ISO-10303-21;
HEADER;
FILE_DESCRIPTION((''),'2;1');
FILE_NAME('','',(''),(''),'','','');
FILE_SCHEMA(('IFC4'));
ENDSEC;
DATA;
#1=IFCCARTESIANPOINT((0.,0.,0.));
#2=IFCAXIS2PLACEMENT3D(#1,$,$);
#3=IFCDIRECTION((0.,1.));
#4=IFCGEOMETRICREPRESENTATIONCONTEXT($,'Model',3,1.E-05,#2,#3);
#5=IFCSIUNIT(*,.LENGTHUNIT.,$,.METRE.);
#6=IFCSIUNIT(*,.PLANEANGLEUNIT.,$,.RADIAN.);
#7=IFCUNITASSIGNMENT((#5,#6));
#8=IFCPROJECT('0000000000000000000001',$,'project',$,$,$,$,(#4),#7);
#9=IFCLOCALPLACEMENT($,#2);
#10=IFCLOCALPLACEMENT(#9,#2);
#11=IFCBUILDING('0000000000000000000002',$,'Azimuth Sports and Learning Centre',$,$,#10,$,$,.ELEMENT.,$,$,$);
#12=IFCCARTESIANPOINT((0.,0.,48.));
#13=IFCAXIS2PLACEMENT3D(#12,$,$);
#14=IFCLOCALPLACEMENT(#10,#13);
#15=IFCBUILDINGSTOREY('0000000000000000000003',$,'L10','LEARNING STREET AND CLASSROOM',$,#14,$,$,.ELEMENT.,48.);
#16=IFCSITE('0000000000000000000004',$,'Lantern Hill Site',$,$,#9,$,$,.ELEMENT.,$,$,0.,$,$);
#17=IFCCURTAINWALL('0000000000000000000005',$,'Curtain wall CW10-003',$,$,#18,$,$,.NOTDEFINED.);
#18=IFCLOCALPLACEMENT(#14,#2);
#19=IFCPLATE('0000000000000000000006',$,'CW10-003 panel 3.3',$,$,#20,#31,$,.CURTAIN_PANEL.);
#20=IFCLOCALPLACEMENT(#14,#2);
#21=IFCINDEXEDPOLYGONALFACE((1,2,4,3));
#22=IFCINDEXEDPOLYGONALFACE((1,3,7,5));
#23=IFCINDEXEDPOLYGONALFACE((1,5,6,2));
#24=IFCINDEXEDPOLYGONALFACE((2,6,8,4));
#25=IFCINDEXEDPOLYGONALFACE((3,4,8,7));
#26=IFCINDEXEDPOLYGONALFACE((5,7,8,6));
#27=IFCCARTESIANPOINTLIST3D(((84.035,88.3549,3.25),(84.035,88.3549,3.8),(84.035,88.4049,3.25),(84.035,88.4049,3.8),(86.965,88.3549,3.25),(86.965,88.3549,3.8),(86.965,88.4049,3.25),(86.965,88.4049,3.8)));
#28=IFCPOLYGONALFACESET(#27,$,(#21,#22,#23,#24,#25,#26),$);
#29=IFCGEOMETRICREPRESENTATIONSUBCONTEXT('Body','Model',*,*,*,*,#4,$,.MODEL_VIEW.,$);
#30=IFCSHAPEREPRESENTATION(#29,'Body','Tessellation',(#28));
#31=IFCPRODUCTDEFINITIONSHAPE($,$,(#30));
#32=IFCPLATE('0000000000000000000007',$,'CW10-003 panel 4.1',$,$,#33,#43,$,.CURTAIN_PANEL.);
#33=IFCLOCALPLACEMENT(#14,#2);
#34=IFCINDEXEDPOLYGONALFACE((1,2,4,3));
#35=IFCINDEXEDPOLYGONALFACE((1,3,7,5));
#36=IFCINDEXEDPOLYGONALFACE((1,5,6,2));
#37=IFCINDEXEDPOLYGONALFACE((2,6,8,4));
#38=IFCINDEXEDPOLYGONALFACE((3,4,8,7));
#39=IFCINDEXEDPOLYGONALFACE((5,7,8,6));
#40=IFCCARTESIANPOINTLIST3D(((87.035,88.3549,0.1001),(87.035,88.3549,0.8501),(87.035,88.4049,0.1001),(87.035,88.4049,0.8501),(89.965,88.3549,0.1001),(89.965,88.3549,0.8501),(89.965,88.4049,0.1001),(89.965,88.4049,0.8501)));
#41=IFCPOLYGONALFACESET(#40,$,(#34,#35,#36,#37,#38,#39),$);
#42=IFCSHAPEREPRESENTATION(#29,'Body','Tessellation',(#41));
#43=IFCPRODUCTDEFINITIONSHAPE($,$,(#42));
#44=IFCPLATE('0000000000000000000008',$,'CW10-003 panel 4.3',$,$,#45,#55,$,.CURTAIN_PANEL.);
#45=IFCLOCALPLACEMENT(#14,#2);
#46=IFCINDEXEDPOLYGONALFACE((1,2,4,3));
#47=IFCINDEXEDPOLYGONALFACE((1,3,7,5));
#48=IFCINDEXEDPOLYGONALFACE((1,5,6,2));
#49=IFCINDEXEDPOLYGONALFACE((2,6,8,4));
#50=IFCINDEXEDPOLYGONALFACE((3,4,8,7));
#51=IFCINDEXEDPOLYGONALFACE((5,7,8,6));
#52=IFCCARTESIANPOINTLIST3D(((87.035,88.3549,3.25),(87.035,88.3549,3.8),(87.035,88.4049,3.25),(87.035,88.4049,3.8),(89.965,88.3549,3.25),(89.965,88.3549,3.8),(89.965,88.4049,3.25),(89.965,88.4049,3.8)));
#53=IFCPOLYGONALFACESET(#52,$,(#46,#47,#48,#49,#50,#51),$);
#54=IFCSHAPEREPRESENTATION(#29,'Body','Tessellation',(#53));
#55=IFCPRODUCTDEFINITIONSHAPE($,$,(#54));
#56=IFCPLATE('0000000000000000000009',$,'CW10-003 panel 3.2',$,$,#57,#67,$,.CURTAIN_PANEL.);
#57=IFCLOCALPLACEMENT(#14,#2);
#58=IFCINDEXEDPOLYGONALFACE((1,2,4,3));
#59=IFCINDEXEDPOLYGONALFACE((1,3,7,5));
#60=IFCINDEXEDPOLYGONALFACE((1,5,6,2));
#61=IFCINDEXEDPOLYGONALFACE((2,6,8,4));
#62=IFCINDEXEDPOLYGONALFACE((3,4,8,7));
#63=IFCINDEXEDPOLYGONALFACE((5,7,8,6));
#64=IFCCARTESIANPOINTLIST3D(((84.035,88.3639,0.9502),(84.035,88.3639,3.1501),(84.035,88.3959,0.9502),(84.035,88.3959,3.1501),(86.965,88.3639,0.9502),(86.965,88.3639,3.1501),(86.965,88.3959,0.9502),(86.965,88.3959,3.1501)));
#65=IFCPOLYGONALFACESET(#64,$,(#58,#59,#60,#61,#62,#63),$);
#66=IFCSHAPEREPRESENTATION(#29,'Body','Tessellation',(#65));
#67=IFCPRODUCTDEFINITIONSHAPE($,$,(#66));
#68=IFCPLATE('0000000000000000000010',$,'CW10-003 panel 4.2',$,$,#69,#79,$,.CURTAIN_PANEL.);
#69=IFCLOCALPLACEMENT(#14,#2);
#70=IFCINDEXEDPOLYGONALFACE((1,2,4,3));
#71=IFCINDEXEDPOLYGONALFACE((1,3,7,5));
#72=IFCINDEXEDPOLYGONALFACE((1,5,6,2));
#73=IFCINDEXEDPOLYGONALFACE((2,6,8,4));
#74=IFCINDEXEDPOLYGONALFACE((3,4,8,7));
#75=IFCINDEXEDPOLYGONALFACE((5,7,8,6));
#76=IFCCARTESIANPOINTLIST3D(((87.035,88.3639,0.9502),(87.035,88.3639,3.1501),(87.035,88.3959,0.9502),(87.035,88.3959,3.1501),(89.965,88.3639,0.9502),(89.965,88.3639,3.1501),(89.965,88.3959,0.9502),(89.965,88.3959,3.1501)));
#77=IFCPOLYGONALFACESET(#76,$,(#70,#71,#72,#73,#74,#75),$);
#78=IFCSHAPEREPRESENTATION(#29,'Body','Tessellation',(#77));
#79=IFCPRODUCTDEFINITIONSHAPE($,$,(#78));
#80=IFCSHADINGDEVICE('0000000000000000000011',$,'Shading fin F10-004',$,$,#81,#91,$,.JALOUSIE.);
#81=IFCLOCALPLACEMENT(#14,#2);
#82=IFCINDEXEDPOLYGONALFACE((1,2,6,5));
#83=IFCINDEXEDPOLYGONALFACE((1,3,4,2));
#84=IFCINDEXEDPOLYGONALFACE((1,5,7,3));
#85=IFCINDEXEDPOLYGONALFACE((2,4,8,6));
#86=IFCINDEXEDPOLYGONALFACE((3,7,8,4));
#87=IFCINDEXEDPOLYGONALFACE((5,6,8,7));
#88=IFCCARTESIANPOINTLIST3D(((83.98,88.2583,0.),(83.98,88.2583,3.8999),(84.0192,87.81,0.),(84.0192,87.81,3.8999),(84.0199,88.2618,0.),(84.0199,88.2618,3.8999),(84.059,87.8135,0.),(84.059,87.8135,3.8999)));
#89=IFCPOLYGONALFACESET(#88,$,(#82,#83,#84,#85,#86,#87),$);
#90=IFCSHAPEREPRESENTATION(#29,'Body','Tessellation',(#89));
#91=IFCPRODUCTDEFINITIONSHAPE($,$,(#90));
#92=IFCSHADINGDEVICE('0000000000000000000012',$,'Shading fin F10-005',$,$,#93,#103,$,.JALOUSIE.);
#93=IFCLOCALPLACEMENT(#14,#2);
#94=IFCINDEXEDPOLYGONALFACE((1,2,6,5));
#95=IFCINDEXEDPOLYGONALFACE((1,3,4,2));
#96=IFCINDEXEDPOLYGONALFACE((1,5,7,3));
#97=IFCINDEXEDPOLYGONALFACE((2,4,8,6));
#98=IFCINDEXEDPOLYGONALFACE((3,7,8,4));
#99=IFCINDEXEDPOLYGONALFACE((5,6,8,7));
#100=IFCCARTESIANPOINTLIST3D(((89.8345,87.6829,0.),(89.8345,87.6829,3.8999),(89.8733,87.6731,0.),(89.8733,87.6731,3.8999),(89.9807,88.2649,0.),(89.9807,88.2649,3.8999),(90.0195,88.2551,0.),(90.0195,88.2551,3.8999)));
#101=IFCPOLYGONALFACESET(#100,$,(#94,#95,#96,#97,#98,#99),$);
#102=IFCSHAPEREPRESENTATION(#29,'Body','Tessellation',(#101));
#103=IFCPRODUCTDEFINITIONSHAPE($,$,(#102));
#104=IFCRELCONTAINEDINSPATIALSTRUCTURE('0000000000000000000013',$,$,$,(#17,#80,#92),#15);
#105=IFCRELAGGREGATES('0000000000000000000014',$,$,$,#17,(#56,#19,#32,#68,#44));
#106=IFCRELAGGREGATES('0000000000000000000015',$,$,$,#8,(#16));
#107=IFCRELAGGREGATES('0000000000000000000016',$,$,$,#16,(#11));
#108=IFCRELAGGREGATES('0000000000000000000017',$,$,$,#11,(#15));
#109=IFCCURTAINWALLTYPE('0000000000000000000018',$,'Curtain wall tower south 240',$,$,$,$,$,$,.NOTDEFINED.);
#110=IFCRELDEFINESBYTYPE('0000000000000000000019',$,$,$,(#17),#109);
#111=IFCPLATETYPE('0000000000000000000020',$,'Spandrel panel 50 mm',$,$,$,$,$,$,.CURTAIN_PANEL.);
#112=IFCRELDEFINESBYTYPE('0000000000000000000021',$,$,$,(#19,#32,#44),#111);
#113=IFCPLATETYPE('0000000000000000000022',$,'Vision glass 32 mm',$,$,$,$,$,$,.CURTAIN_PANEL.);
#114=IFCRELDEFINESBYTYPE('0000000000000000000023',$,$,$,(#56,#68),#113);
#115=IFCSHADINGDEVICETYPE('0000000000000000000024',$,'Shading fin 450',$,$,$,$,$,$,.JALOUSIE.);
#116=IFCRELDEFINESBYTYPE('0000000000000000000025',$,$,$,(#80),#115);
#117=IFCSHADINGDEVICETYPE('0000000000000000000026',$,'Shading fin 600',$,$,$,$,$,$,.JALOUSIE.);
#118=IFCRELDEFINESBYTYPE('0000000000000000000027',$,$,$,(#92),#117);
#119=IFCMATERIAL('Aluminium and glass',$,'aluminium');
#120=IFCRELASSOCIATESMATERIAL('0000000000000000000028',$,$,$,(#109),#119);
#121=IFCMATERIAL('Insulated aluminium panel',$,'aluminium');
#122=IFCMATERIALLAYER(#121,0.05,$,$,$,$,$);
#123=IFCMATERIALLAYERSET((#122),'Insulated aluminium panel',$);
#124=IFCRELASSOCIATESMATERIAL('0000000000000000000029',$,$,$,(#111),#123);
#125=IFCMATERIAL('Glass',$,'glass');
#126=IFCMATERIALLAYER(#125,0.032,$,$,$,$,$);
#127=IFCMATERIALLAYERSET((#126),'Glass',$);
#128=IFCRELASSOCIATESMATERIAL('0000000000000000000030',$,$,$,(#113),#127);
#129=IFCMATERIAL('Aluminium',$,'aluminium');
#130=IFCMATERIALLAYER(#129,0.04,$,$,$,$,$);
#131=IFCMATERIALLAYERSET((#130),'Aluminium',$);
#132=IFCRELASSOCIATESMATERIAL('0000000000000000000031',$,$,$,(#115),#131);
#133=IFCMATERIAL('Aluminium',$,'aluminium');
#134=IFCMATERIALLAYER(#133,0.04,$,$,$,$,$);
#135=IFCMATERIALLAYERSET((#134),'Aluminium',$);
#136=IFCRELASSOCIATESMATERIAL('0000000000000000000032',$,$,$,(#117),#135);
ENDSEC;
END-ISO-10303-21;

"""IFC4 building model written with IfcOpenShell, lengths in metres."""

from ifc_helpers import new_model, si_unit, direction, frame, origin, origin_2d, place, context, subcontext, project, spatial, rectangle, extrude, material, layer, layer_set, type_object, element, aggregate, save


model = new_model("IFC4")

# Units and contexts
model_context = context("Model", 3, precision=1e-05, world=origin(), true_north=direction((0.0, 1.0)))
body_context = subcontext(model_context, "Body", "Model", "MODEL_VIEW")
ifc_project = project(units=[si_unit("LENGTHUNIT", "METRE"), si_unit("PLANEANGLEUNIT", "RADIAN")], contexts=[model_context])

# Site, building, storey
site_placement = place(None, origin())
site = spatial("IfcSite", under=ifc_project, at=site_placement, Name="Lantern Hill Site", CompositionType="ELEMENT", RefElevation=0.0)
building_placement = place(site_placement, origin())
building = spatial("IfcBuilding", under=site, at=building_placement, Name="Azimuth Sports and Learning Centre", CompositionType="ELEMENT")
storey_placement = place(building_placement, frame((0.0, 0.0, 48.0)))
storey = spatial("IfcBuildingStorey", under=building, at=storey_placement, Name="L10", Description="LEARNING STREET AND CLASSROOM", CompositionType="ELEMENT", Elevation=48.0)

# Curtain wall, plates
ifc_material_1 = material(Name="Aluminium and glass", Category="aluminium")
curtain_wall_type = type_object("IfcCurtainWallType", Name="Curtain wall tower south 240", PredefinedType="NOTDEFINED", material=ifc_material_1)
curtain_wall_placement = place(storey_placement, origin())
curtain_wall = element("IfcCurtainWall", 1, at=curtain_wall_placement, inside=storey, type_object=curtain_wall_type, Name="Curtain wall CW10-003", PredefinedType="NOTDEFINED")
ifc_material_2 = material(Name="Insulated aluminium panel", Category="aluminium")
ifc_layer_1 = layer(ifc_material_2, 0.05)
ifc_layer_set_1 = layer_set([ifc_layer_1], Name="Insulated aluminium panel")
plate_type_1 = type_object("IfcPlateType", Name="Spandrel panel 50 mm", PredefinedType="CURTAIN_PANEL", material=ifc_layer_set_1)
plate_1_placement = place(storey_placement, frame((85.5, 88.3799, 3.25), z_axis=(0.0, 0.0, 1.0), x_axis=(1.0, 0.0, 0.0)))
plate_1 = element("IfcPlate", 2, at=plate_1_placement, type_object=plate_type_1, Name="CW10-003 panel 3.3", PredefinedType="CURTAIN_PANEL", context=body_context, shape_type="SweptSolid", body=[
    extrude(rectangle(XDim=2.9299, YDim=0.05, at=origin_2d()), origin(), (0.0, 0.0, 1.0), 0.55),
])
plate_2_placement = place(storey_placement, frame((88.5, 88.3799, 0.1001), z_axis=(0.0, 0.0, 1.0), x_axis=(1.0, 0.0, 0.0)))
plate_2 = element("IfcPlate", 3, at=plate_2_placement, type_object=plate_type_1, Name="CW10-003 panel 4.1", PredefinedType="CURTAIN_PANEL", context=body_context, shape_type="SweptSolid", body=[
    extrude(rectangle(XDim=2.9299, YDim=0.05, at=origin_2d()), origin(), (0.0, 0.0, 1.0), 0.75),
])
plate_3_placement = place(storey_placement, frame((88.5, 88.3799, 3.25), z_axis=(0.0, 0.0, 1.0), x_axis=(1.0, 0.0, 0.0)))
plate_3 = element("IfcPlate", 4, at=plate_3_placement, type_object=plate_type_1, Name="CW10-003 panel 4.3", PredefinedType="CURTAIN_PANEL", context=body_context, shape_type="SweptSolid", body=[
    extrude(rectangle(XDim=2.9299, YDim=0.05, at=origin_2d()), origin(), (0.0, 0.0, 1.0), 0.55),
])
ifc_material_3 = material(Name="Glass", Category="glass")
ifc_layer_2 = layer(ifc_material_3, 0.032)
ifc_layer_set_2 = layer_set([ifc_layer_2], Name="Glass")
plate_type_2 = type_object("IfcPlateType", Name="Vision glass 32 mm", PredefinedType="CURTAIN_PANEL", material=ifc_layer_set_2)
plate_4_placement = place(storey_placement, frame((85.5, 88.3799, 0.9502), z_axis=(0.0, 0.0, 1.0), x_axis=(1.0, 0.0, 0.0)))
plate_4 = element("IfcPlate", 5, at=plate_4_placement, type_object=plate_type_2, Name="CW10-003 panel 3.2", PredefinedType="CURTAIN_PANEL", context=body_context, shape_type="SweptSolid", body=[
    extrude(rectangle(XDim=2.9299, YDim=0.032, at=origin_2d()), origin(), (0.0, 0.0, 1.0), 2.2),
])
plate_5_placement = place(storey_placement, frame((88.5, 88.3799, 0.9502), z_axis=(0.0, 0.0, 1.0), x_axis=(1.0, 0.0, 0.0)))
plate_5 = element("IfcPlate", 6, at=plate_5_placement, type_object=plate_type_2, Name="CW10-003 panel 4.2", PredefinedType="CURTAIN_PANEL", context=body_context, shape_type="SweptSolid", body=[
    extrude(rectangle(XDim=2.9299, YDim=0.032, at=origin_2d()), origin(), (0.0, 0.0, 1.0), 2.2),
])
aggregate(curtain_wall, [plate_4, plate_1, plate_2, plate_5, plate_3])

# Shading devices
ifc_material_4 = material(Name="Aluminium", Category="aluminium")
ifc_layer_3 = layer(ifc_material_4, 0.04)
ifc_layer_set_3 = layer_set([ifc_layer_3], Name="Aluminium")
shading_device_type_1 = type_object("IfcShadingDeviceType", Name="Shading fin 450", PredefinedType="JALOUSIE", material=ifc_layer_set_3)
shading_device_1_placement = place(storey_placement, frame((84.0195, 88.0359, 0.0), z_axis=(0.0, 0.0, 1.0), x_axis=(0.08698, -0.99621, 0.0)))
element("IfcShadingDevice", 7, at=shading_device_1_placement, inside=storey, type_object=shading_device_type_1, Name="Shading fin F10-004", PredefinedType="JALOUSIE", context=body_context, shape_type="SweptSolid", body=[
    extrude(rectangle(XDim=0.45, YDim=0.04, at=origin_2d()), origin(), (0.0, 0.0, 1.0), 3.8999),
])
ifc_material_5 = material(Name="Aluminium", Category="aluminium")
ifc_layer_4 = layer(ifc_material_5, 0.04)
ifc_layer_set_4 = layer_set([ifc_layer_4], Name="Aluminium")
shading_device_type_2 = type_object("IfcShadingDeviceType", Name="Shading fin 600", PredefinedType="JALOUSIE", material=ifc_layer_set_4)
shading_device_2_placement = place(storey_placement, frame((89.927, 87.969, 0.0), z_axis=(0.0, 0.0, 1.0), x_axis=(-0.243731, -0.969843, 0.0)))
element("IfcShadingDevice", 8, at=shading_device_2_placement, inside=storey, type_object=shading_device_type_2, Name="Shading fin F10-005", PredefinedType="JALOUSIE", context=body_context, shape_type="SweptSolid", body=[
    extrude(rectangle(XDim=0.6001, YDim=0.04, at=origin_2d()), origin(), (0.0, 0.0, 1.0), 3.8999),
])

save(model, "model.ifc")
